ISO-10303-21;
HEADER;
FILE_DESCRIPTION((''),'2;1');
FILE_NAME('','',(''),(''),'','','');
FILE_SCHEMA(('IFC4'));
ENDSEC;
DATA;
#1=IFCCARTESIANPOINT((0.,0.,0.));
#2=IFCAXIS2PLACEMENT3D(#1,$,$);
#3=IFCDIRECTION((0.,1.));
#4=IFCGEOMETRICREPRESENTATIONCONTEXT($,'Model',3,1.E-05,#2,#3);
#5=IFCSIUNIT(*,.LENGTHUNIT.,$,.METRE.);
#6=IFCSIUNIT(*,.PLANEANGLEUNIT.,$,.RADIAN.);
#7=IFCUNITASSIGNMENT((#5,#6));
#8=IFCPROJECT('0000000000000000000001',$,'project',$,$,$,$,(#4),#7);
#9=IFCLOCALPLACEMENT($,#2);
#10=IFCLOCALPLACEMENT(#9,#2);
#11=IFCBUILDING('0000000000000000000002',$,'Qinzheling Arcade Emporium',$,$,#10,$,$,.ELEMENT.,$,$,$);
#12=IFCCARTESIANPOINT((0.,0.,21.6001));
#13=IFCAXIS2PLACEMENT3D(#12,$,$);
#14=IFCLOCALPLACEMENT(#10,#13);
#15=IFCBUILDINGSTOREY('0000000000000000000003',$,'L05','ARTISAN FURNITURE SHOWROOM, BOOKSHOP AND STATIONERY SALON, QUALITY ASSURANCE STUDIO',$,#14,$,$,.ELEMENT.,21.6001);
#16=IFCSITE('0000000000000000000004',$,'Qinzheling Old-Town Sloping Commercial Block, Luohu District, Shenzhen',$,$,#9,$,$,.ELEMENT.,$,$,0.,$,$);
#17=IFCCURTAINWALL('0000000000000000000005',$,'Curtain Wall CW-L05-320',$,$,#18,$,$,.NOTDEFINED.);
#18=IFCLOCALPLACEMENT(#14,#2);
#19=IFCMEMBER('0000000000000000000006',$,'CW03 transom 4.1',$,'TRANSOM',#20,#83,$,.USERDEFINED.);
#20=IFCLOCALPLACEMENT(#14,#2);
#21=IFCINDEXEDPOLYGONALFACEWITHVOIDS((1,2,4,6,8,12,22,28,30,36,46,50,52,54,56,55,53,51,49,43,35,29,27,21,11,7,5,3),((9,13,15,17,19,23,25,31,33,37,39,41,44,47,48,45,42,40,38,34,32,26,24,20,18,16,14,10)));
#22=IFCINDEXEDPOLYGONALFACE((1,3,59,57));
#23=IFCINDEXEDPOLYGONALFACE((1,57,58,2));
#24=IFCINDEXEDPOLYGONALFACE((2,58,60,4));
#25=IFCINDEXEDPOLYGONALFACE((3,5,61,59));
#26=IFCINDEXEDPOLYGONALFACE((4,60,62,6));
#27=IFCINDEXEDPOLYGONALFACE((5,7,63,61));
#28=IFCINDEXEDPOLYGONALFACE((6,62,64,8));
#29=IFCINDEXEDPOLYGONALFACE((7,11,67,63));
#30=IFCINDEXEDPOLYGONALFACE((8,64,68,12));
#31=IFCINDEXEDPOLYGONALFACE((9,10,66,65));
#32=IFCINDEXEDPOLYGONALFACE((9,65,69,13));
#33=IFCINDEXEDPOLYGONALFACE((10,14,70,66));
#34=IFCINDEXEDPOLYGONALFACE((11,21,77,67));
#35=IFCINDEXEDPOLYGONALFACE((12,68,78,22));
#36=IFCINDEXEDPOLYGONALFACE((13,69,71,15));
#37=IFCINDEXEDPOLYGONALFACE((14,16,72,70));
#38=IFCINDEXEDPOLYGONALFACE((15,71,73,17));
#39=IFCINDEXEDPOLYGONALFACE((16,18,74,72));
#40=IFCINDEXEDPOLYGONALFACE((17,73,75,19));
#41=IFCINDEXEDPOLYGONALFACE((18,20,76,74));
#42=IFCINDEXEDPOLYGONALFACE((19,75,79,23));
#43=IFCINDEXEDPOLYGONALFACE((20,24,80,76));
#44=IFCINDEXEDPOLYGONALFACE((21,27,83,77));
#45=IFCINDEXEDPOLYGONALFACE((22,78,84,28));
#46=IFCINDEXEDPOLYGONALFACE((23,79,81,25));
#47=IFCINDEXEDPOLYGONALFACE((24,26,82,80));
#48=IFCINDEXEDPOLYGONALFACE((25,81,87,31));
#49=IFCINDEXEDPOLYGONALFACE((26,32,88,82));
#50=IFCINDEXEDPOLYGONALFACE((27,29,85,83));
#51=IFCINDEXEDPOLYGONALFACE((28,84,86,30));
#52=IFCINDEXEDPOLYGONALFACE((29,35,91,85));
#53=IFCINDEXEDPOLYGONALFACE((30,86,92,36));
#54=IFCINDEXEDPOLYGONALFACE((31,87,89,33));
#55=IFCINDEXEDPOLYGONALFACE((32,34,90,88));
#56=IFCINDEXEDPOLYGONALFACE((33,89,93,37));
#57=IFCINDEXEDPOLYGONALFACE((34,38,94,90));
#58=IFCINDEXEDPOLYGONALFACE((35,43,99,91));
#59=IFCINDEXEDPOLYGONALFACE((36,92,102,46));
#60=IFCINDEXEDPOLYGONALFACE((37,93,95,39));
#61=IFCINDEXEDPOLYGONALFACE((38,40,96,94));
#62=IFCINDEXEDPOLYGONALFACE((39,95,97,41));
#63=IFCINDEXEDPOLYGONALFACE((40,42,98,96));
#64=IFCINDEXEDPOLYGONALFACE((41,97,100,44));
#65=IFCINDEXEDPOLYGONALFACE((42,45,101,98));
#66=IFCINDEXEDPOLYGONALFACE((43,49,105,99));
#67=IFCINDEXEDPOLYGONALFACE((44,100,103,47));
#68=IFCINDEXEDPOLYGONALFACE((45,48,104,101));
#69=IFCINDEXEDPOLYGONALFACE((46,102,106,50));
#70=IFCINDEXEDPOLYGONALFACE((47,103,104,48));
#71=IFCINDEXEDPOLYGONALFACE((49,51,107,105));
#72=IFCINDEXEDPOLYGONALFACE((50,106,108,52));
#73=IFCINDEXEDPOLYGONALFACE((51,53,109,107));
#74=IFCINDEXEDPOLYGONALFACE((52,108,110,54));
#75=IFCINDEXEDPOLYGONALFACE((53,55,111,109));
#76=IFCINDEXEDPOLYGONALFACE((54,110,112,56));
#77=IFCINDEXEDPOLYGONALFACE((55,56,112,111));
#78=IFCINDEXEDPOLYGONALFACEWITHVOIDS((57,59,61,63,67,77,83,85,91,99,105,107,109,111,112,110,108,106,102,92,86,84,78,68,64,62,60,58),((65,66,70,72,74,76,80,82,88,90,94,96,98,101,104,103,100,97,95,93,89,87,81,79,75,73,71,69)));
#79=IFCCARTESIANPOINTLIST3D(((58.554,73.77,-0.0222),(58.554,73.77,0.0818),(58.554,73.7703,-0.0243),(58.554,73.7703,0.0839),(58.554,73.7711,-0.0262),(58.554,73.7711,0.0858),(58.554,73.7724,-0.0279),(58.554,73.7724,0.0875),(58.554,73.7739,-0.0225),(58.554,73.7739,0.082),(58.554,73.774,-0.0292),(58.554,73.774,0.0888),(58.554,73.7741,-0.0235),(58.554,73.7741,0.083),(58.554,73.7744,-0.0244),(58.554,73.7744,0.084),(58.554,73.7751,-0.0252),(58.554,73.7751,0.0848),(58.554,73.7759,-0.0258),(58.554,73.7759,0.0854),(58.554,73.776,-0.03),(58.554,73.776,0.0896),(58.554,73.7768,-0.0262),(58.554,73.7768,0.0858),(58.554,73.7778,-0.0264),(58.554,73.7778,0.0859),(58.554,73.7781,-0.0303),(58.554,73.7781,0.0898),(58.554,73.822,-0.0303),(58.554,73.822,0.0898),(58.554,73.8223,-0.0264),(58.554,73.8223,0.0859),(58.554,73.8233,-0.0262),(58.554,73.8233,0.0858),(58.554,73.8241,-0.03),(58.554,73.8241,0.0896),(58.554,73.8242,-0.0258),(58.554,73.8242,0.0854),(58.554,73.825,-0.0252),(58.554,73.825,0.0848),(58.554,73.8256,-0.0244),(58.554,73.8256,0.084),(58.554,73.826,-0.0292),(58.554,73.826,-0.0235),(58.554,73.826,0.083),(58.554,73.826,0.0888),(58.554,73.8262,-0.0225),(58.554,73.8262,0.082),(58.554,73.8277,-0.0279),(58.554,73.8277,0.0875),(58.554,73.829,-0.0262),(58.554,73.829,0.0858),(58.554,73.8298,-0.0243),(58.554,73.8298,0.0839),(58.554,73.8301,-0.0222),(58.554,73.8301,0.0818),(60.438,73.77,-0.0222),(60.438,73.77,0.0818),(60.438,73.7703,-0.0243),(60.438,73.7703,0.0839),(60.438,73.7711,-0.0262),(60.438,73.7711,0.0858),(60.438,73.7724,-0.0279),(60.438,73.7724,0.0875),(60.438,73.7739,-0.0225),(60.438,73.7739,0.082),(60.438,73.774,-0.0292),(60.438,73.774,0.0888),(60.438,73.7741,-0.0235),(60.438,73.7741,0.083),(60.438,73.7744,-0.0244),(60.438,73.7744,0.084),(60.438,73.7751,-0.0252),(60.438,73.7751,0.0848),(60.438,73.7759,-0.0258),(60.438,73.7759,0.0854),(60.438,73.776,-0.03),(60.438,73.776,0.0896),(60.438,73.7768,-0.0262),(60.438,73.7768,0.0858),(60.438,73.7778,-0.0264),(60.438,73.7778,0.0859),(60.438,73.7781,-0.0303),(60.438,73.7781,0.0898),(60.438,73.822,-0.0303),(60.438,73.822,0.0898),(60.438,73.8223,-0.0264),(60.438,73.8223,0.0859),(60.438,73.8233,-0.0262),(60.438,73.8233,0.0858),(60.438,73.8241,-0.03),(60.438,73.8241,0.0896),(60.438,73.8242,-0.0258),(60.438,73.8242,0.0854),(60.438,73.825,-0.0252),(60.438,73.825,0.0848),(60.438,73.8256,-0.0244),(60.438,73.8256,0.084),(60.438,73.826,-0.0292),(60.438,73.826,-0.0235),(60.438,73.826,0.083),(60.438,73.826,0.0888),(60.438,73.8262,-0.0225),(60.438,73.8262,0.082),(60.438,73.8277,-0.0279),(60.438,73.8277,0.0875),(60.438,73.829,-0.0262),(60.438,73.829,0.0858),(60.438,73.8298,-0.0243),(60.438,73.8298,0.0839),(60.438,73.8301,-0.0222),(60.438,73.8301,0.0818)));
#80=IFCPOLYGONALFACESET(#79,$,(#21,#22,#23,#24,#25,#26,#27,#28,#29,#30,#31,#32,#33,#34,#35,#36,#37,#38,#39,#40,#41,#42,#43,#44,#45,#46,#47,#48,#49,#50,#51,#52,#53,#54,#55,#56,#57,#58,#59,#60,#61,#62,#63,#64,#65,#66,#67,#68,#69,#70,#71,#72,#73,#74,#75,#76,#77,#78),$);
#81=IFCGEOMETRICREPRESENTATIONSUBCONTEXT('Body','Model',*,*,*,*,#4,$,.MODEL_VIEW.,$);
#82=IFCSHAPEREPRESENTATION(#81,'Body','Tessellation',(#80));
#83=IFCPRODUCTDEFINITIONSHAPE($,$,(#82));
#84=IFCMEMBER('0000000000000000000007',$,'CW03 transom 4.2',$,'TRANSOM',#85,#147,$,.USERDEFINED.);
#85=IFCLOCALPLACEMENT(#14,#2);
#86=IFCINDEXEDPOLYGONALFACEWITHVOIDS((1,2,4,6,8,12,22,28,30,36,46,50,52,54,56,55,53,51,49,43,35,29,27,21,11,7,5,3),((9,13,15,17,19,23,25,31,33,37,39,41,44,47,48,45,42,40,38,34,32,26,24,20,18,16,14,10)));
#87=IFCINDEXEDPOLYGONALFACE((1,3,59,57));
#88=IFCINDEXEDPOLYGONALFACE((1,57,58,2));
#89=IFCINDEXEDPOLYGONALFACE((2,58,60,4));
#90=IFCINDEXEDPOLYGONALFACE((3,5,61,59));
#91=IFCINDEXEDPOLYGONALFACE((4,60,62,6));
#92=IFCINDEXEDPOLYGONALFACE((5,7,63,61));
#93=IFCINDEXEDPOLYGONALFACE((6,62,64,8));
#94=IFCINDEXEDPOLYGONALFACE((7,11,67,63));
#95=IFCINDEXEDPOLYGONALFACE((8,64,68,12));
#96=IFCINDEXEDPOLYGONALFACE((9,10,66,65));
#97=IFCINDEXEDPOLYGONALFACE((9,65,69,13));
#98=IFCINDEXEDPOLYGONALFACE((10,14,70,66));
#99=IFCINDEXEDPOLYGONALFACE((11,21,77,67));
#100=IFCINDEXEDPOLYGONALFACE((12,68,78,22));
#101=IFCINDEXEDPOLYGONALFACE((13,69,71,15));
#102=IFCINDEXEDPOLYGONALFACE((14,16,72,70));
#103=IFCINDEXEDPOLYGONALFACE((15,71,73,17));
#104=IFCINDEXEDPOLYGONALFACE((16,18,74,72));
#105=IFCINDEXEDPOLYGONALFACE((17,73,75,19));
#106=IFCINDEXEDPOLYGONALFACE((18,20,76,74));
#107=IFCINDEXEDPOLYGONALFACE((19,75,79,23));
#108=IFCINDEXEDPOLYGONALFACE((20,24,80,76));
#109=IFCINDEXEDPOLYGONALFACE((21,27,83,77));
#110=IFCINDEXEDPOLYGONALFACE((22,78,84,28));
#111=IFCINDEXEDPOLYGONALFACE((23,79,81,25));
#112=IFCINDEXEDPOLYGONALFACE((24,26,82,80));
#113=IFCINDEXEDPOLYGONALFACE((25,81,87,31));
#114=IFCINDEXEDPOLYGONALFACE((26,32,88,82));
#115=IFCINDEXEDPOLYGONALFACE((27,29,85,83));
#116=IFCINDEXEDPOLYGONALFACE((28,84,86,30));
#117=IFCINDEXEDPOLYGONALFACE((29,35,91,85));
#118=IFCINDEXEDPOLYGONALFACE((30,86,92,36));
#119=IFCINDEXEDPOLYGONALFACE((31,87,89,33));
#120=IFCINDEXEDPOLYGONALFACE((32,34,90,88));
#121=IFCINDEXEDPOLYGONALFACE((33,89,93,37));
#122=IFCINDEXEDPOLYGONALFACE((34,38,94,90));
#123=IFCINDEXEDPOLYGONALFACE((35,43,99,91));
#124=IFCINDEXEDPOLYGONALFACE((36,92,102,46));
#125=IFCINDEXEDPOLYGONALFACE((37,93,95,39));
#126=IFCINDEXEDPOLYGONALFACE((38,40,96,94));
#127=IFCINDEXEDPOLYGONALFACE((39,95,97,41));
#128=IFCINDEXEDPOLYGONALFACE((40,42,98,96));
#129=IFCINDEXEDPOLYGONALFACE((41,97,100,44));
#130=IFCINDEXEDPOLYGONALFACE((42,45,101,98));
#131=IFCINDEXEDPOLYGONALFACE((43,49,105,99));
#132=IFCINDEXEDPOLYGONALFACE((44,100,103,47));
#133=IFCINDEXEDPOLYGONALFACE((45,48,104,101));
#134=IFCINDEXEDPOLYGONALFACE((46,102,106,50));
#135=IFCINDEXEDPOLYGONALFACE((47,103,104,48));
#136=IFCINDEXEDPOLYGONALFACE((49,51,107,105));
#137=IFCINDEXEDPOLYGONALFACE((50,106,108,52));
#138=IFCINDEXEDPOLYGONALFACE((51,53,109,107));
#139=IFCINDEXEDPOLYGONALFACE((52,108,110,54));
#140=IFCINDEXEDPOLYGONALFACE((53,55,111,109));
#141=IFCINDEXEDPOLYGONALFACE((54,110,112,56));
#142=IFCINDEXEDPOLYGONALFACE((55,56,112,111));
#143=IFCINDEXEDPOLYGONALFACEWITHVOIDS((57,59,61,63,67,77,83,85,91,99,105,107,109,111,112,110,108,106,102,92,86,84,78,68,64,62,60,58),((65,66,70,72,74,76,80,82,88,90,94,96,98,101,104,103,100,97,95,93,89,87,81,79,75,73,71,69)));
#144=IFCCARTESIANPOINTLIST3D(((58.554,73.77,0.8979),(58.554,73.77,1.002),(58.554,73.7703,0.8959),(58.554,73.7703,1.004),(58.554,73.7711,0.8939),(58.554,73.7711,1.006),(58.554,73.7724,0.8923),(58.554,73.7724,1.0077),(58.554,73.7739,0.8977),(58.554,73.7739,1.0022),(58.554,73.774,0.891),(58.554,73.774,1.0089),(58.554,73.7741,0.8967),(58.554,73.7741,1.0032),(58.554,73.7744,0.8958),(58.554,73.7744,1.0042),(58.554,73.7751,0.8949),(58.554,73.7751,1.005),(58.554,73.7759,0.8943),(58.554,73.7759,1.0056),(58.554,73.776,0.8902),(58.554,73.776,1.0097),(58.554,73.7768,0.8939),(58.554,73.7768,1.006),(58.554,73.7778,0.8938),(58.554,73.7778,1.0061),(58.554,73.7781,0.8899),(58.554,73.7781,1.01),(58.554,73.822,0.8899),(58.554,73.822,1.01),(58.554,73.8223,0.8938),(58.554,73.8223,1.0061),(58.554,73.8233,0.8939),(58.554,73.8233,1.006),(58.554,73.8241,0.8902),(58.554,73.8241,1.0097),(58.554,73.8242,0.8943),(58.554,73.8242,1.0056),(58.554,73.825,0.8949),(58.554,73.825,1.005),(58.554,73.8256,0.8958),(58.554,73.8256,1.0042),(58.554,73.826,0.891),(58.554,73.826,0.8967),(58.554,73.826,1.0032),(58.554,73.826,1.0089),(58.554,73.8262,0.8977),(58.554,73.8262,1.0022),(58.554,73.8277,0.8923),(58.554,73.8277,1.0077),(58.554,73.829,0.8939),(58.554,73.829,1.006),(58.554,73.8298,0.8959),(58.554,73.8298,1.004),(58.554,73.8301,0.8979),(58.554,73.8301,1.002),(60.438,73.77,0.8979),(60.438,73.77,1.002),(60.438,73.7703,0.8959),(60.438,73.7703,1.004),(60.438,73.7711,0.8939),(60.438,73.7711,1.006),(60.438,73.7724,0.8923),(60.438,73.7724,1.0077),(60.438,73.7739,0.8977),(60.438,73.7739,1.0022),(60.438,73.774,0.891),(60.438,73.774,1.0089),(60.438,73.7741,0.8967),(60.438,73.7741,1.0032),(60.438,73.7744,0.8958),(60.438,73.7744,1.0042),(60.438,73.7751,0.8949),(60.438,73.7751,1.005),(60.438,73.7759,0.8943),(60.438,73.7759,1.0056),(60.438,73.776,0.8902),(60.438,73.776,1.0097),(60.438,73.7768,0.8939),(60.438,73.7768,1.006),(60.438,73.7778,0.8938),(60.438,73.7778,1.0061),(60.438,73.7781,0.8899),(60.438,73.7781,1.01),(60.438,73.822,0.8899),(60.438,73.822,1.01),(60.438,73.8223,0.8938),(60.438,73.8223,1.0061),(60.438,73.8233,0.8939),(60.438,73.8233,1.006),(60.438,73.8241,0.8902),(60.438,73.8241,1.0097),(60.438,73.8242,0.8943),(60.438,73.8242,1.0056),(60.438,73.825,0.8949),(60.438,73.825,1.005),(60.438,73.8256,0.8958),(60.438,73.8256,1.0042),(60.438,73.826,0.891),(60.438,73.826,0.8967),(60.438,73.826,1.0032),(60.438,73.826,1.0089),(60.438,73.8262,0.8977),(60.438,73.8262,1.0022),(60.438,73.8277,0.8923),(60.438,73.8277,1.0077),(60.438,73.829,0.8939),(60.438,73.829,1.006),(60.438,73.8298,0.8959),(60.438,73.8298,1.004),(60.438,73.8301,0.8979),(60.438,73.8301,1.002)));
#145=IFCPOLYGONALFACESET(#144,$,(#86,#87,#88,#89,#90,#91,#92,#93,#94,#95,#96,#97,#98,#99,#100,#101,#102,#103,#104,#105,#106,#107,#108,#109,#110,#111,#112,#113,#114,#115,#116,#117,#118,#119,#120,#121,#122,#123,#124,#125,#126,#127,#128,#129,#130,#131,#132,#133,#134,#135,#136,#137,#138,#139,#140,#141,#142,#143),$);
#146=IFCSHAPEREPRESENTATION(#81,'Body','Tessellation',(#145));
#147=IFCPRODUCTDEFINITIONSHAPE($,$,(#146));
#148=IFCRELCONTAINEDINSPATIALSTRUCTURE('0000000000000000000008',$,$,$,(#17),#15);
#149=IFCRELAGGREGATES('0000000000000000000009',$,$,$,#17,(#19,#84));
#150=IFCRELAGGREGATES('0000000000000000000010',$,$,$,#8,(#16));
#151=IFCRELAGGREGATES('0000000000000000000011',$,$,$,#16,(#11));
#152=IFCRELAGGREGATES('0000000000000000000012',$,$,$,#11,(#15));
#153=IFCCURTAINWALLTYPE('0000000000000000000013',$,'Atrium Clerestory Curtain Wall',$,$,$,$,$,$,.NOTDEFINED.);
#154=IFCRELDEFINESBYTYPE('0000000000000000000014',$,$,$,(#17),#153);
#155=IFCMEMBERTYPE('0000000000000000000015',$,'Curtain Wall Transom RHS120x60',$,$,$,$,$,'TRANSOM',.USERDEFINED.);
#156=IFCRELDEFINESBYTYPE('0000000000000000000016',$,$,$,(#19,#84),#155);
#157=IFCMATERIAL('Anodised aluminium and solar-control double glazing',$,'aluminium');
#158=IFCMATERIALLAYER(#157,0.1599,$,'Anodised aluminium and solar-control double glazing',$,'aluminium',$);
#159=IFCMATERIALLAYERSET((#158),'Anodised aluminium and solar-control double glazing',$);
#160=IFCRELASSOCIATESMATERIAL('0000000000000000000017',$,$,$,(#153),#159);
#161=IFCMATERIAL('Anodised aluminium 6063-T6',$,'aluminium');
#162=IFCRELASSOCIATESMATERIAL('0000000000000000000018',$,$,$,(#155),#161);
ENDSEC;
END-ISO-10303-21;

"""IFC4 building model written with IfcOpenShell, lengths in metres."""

from ifc_helpers import new_model, si_unit, direction, frame, origin, origin_2d, place, context, subcontext, project, spatial, hollow_rectangle, extrude, material, layer, layer_set, material_profile, profile_set, type_object, element, aggregate, save


model = new_model("IFC4")

# Units and contexts
model_context = context("Model", 3, precision=1e-05, world=origin(), true_north=direction((0.0, 1.0)))
body_context = subcontext(model_context, "Body", "Model", "MODEL_VIEW")
ifc_project = project(units=[si_unit("LENGTHUNIT", "METRE"), si_unit("PLANEANGLEUNIT", "RADIAN")], contexts=[model_context])

# Site, building, storey
site_placement = place(None, origin())
site = spatial("IfcSite", under=ifc_project, at=site_placement, Name="Qinzheling Old-Town Sloping Commercial Block, Luohu District, Shenzhen", CompositionType="ELEMENT", RefElevation=0.0)
building_placement = place(site_placement, origin())
building = spatial("IfcBuilding", under=site, at=building_placement, Name="Qinzheling Arcade Emporium", CompositionType="ELEMENT")
storey_placement = place(building_placement, frame((0.0, 0.0, 21.6001)))
storey = spatial("IfcBuildingStorey", under=building, at=storey_placement, Name="L05", Description="ARTISAN FURNITURE SHOWROOM, BOOKSHOP AND STATIONERY SALON, QUALITY ASSURANCE STUDIO", CompositionType="ELEMENT", Elevation=21.6001)

# Curtain wall, members
ifc_material_1 = material(Name="Anodised aluminium and solar-control double glazing", Category="aluminium")
ifc_layer_1 = layer(ifc_material_1, 0.1599, Name="Anodised aluminium and solar-control double glazing", Category="aluminium")
ifc_layer_set_1 = layer_set([ifc_layer_1], Name="Anodised aluminium and solar-control double glazing")
curtain_wall_type = type_object("IfcCurtainWallType", Name="Atrium Clerestory Curtain Wall", PredefinedType="NOTDEFINED", material=ifc_layer_set_1)
curtain_wall_placement = place(storey_placement, origin())
curtain_wall = element("IfcCurtainWall", 1, at=curtain_wall_placement, inside=storey, type_object=curtain_wall_type, Name="Curtain Wall CW-L05-320", PredefinedType="NOTDEFINED")
ifc_material_2 = material(Name="Anodised aluminium 6063-T6", Category="aluminium")
ifc_material_profile_1 = material_profile(ifc_material_2, hollow_rectangle(XDim=0.0601, YDim=0.1201, WallThickness=0.0039, InnerFilletRadius=0.0039, OuterFilletRadius=0.0081, at=origin_2d()), Name="RHS 120x60x4", Category="aluminium")
ifc_profile_set_1 = profile_set([ifc_material_profile_1], Name="Anodised aluminium 6063-T6")
member_type_1 = type_object("IfcMemberType", Name="Curtain Wall Transom RHS120x60", ElementType="TRANSOM", PredefinedType="USERDEFINED", material=ifc_profile_set_1)
member_1_placement = place(storey_placement, frame((58.554, 73.8, 0.0298), z_axis=(1.0, 0.0, 0.0), x_axis=(0.0, 1.0, 0.0)))
member_1 = element("IfcMember", 2, at=member_1_placement, type_object=member_type_1, Name="CW03 transom 4.1", ObjectType="TRANSOM", PredefinedType="USERDEFINED", context=body_context, shape_type="SweptSolid", body=[
    extrude(hollow_rectangle(XDim=0.0601, YDim=0.1201, WallThickness=0.0039, InnerFilletRadius=0.0039, OuterFilletRadius=0.0081, at=origin_2d()), origin(), (0.0, 0.0, 1.0), 1.884),
])
member_2_placement = place(storey_placement, frame((58.554, 73.8, 0.95), z_axis=(1.0, 0.0, 0.0), x_axis=(0.0, 1.0, 0.0)))
member_2 = element("IfcMember", 3, at=member_2_placement, type_object=member_type_1, Name="CW03 transom 4.2", ObjectType="TRANSOM", PredefinedType="USERDEFINED", context=body_context, shape_type="SweptSolid", body=[
    extrude(hollow_rectangle(XDim=0.0601, YDim=0.1201, WallThickness=0.0039, InnerFilletRadius=0.0039, OuterFilletRadius=0.0081, at=origin_2d()), origin(), (0.0, 0.0, 1.0), 1.884),
])

aggregate(curtain_wall, [member_1, member_2])

save(model, "model.ifc")
